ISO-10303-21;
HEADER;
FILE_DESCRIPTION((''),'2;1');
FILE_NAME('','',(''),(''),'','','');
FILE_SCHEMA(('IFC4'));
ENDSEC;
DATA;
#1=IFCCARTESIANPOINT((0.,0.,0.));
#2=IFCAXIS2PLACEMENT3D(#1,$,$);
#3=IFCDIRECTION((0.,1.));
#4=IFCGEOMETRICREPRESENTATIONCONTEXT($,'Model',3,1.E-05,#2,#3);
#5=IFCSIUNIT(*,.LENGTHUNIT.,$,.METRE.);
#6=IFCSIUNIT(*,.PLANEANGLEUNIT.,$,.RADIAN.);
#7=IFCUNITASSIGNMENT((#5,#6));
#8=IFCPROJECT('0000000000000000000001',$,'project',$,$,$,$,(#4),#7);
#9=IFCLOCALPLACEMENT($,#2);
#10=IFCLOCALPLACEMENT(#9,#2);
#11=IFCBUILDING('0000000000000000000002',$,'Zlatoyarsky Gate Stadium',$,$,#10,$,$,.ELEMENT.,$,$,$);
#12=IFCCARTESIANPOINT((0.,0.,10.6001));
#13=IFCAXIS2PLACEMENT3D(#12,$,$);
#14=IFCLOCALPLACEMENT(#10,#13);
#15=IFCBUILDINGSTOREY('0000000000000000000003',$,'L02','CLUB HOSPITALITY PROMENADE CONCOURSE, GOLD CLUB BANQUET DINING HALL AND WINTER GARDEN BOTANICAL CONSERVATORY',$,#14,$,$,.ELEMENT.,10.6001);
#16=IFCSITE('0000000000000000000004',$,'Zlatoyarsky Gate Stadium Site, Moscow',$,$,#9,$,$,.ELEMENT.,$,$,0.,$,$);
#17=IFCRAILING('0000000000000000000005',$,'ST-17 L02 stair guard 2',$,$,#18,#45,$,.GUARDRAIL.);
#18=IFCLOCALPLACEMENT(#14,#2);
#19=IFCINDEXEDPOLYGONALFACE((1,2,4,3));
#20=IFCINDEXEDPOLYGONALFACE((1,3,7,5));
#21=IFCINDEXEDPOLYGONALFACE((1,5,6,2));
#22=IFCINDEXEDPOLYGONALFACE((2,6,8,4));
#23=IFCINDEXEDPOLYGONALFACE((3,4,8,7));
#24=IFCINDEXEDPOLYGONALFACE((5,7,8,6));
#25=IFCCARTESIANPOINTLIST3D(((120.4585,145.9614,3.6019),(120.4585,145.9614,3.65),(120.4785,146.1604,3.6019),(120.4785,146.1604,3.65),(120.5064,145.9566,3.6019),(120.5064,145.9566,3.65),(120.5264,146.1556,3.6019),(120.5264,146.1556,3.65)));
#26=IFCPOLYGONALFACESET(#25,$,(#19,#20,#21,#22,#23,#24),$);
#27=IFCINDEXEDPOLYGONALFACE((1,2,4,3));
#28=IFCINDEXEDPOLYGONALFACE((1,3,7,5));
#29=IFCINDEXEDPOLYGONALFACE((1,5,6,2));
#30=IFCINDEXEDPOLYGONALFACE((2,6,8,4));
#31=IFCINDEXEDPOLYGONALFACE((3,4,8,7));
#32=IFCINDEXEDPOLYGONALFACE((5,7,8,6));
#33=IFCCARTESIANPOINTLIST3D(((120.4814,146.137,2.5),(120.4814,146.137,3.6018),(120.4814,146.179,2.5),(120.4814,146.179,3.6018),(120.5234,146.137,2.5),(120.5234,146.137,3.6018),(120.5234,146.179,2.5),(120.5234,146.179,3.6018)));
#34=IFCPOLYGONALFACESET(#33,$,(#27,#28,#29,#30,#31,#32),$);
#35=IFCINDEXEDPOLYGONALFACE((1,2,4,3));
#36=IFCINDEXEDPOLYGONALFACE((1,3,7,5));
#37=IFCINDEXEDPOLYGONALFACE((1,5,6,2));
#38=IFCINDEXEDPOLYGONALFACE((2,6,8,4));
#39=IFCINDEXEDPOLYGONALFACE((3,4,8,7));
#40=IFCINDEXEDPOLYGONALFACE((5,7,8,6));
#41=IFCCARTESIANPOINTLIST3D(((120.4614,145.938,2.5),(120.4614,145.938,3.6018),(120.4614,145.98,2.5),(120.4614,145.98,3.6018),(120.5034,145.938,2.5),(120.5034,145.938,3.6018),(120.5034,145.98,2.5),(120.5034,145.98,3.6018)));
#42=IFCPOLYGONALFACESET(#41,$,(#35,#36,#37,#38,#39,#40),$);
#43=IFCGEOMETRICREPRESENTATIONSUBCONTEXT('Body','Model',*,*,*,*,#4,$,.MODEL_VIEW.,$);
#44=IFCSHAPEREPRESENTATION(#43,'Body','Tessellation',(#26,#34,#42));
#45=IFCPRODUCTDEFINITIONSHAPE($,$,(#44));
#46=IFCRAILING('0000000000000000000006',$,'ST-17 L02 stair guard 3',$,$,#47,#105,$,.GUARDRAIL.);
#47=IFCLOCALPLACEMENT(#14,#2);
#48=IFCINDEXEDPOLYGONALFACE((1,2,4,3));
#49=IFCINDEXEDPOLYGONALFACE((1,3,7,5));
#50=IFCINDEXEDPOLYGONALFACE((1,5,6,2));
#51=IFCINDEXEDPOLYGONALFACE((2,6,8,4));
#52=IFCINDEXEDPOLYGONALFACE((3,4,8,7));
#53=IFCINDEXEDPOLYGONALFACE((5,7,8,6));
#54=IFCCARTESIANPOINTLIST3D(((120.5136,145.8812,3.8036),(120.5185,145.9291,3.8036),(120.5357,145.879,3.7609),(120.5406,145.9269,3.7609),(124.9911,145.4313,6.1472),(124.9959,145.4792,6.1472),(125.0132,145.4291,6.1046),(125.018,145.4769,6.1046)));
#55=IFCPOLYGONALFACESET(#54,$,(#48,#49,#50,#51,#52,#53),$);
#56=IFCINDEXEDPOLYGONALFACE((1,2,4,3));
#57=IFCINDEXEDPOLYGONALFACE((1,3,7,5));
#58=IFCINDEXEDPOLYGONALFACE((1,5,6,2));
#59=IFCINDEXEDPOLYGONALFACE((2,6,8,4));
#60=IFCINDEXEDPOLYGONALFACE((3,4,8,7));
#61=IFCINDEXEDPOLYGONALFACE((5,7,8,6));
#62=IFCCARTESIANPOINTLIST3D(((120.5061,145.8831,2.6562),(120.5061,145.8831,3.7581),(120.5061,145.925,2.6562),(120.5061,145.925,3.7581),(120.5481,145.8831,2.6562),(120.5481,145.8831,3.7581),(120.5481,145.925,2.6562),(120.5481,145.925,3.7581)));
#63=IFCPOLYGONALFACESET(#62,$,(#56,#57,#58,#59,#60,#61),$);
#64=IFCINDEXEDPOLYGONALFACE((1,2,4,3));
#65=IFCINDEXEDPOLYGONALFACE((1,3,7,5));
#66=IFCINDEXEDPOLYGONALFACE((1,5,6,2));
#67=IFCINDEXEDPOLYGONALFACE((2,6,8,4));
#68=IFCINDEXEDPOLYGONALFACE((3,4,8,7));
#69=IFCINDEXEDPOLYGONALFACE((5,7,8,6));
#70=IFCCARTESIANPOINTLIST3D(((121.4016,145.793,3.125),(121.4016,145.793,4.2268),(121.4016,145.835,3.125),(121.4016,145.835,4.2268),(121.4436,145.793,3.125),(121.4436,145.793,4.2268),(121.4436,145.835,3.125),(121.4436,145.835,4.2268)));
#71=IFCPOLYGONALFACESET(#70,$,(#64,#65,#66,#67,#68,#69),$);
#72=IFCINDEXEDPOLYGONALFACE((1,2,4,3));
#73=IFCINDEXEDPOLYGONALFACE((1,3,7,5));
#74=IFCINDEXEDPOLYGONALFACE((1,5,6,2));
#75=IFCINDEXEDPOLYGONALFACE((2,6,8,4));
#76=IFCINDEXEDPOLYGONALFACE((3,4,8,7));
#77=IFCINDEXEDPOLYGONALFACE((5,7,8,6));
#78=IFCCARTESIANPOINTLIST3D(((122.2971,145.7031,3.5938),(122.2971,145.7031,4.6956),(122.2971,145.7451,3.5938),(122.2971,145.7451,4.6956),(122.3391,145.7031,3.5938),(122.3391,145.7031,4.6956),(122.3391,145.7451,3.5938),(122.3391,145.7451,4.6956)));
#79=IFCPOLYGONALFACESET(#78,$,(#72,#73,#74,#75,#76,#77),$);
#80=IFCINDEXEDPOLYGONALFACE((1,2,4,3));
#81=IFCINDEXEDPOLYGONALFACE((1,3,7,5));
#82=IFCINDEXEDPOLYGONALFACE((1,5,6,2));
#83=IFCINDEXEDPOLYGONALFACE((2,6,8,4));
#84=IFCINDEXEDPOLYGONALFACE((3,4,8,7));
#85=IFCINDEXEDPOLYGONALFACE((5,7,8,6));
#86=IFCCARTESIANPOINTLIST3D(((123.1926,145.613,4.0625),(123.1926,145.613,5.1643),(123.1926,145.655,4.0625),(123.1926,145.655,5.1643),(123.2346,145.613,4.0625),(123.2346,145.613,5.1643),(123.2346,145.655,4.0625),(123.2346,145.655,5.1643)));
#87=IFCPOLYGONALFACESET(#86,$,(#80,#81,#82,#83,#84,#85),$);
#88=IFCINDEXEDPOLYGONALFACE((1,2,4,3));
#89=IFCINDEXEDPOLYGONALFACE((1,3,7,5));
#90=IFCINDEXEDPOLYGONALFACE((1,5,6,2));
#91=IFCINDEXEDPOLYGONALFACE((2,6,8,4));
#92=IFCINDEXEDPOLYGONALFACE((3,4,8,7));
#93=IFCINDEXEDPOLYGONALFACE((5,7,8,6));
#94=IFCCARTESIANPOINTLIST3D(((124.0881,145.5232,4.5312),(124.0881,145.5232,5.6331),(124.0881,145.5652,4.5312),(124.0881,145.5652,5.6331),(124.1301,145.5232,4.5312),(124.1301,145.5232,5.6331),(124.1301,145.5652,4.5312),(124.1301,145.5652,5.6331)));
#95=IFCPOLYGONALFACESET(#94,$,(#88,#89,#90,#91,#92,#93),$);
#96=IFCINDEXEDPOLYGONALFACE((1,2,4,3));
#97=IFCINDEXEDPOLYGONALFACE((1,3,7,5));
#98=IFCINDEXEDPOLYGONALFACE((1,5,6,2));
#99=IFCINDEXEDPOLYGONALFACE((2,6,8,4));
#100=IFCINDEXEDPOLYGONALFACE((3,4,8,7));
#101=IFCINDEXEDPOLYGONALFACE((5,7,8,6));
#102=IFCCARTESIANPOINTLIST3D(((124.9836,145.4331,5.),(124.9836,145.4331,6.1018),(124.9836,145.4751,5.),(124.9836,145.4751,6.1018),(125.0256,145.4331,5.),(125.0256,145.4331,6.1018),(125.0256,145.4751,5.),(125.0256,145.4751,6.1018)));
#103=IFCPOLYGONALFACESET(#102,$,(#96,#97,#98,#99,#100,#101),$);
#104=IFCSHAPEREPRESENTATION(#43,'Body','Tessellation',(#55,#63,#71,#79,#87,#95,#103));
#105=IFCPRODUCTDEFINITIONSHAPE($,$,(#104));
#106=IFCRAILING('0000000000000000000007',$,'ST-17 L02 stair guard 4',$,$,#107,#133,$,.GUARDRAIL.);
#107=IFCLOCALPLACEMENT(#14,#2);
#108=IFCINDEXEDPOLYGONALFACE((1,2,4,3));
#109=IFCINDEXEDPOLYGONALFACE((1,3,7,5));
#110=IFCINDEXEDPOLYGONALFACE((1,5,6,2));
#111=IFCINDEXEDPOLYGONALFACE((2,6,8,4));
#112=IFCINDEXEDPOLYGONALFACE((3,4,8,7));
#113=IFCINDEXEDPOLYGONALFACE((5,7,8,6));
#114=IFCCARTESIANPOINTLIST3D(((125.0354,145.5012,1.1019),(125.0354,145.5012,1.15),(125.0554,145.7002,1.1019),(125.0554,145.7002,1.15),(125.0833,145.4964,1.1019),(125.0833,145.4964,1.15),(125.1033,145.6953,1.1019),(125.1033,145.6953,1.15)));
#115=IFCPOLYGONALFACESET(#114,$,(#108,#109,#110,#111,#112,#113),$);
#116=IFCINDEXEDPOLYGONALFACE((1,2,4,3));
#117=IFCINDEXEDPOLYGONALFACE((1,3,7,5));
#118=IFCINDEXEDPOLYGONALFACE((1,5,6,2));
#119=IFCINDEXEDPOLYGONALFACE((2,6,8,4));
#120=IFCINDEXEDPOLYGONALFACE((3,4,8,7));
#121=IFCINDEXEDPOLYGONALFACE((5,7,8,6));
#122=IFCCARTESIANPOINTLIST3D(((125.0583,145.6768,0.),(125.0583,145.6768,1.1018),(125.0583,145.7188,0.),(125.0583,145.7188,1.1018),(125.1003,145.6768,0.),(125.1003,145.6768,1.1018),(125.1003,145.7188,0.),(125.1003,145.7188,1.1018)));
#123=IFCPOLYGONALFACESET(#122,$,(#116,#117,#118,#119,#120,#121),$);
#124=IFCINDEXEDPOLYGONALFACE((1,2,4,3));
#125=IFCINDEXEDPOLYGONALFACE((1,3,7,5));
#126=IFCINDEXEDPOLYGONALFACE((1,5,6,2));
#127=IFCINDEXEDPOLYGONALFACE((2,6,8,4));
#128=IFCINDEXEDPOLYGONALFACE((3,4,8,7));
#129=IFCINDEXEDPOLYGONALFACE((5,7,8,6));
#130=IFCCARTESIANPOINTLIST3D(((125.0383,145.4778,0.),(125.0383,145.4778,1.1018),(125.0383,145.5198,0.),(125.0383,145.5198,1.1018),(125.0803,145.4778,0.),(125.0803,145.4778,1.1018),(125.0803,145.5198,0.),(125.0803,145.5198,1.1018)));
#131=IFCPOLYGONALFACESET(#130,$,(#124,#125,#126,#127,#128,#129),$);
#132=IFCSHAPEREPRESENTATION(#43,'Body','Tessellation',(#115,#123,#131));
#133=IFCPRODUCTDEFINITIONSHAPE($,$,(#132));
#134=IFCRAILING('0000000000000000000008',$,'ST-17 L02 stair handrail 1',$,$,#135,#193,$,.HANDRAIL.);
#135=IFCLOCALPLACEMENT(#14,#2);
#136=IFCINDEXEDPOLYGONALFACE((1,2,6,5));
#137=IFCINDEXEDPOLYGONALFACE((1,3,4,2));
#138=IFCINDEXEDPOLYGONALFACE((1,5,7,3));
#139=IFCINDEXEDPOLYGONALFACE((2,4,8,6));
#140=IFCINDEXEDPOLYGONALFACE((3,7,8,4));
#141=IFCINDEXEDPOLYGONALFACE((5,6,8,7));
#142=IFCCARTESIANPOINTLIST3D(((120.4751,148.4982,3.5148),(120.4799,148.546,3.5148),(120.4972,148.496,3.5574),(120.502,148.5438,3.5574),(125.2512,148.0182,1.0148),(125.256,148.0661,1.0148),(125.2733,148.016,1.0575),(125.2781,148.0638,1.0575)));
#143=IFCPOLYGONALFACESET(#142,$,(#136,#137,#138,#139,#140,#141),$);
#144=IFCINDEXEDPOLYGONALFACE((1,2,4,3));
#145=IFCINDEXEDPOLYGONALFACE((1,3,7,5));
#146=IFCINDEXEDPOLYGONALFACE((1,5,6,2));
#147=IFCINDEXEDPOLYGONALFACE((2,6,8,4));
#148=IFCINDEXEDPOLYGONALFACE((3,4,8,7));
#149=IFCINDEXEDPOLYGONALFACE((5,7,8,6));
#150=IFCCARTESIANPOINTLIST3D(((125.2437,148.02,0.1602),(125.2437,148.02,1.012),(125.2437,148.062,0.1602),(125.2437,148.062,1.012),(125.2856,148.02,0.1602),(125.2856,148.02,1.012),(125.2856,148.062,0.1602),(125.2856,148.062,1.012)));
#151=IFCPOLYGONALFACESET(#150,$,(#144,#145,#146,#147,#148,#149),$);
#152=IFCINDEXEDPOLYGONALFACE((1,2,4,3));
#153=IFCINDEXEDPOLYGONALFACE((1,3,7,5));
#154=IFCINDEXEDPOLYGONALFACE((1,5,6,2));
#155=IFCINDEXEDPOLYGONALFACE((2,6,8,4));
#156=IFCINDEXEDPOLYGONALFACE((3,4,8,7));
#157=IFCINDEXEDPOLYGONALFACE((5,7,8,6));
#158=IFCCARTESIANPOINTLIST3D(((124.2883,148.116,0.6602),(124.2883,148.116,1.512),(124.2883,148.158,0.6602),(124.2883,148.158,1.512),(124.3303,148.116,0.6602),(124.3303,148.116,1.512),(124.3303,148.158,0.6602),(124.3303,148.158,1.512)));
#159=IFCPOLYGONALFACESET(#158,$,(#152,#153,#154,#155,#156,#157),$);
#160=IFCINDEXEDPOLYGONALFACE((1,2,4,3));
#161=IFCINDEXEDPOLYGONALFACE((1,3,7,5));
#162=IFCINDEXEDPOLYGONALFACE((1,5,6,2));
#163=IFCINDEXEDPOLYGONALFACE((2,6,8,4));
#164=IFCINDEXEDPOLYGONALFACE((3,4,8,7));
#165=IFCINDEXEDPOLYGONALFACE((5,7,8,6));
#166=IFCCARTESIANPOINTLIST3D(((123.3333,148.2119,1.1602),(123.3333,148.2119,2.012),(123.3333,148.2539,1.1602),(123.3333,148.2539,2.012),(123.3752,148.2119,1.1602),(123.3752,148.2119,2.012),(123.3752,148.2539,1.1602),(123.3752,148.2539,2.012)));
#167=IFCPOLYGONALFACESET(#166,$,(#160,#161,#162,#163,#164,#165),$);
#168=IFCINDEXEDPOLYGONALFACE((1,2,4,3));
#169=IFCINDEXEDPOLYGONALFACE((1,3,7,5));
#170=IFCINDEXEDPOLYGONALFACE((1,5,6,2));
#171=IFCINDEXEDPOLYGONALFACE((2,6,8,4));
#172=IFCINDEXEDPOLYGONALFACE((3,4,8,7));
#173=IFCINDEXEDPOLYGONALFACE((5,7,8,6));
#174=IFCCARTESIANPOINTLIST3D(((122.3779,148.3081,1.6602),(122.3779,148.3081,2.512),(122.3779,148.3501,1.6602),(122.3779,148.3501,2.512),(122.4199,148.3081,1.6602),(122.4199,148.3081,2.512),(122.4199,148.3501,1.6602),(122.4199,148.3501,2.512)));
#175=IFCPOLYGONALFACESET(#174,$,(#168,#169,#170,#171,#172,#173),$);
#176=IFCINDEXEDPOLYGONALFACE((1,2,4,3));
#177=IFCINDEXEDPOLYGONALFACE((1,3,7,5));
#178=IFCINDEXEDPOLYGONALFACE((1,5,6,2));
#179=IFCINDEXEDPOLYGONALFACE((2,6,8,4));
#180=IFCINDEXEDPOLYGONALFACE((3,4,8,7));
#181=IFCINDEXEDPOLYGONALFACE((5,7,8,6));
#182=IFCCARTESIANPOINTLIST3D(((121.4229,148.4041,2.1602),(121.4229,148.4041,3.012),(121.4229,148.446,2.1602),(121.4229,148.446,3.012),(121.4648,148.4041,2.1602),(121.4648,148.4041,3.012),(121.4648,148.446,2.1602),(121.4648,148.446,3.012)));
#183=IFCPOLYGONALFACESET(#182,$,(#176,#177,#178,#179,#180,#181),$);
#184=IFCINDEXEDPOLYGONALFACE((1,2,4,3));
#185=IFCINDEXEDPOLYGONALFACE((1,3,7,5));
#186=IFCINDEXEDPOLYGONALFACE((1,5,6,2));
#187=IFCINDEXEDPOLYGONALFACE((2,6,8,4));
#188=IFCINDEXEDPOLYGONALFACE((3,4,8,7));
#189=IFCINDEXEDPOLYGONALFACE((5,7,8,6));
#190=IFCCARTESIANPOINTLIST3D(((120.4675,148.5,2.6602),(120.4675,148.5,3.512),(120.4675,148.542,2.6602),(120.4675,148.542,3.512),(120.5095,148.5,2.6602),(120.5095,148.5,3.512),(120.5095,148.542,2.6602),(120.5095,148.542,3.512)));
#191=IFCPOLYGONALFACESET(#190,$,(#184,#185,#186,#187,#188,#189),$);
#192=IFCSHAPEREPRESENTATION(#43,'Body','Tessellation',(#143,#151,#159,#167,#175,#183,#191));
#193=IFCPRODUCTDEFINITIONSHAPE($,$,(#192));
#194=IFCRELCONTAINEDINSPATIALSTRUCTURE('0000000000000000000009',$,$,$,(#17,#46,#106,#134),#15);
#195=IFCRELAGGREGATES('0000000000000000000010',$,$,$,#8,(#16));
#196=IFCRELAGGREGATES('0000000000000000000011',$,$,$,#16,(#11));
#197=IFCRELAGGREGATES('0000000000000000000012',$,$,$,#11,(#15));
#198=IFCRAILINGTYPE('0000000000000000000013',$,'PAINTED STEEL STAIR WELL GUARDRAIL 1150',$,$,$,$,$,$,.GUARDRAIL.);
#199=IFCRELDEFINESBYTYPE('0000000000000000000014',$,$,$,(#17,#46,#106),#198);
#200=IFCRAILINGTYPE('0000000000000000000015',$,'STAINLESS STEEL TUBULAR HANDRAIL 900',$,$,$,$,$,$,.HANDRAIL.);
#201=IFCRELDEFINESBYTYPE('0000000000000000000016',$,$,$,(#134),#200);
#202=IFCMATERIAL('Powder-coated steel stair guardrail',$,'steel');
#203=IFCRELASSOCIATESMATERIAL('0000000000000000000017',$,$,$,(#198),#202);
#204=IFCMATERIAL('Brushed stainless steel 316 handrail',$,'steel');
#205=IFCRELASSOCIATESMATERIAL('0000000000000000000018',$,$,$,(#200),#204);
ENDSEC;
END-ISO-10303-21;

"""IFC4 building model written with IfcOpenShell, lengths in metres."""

from ifc_helpers import new_model, si_unit, direction, frame, origin, origin_2d, place, context, subcontext, project, spatial, rectangle, extrude, material, type_object, element, save


model = new_model("IFC4")

# Units and contexts
model_context = context("Model", 3, precision=1e-05, world=origin(), true_north=direction((0.0, 1.0)))
body_context = subcontext(model_context, "Body", "Model", "MODEL_VIEW")
ifc_project = project(units=[si_unit("LENGTHUNIT", "METRE"), si_unit("PLANEANGLEUNIT", "RADIAN")], contexts=[model_context])

# Site, building, storey
site_placement = place(None, origin())
site = spatial("IfcSite", under=ifc_project, at=site_placement, Name="Zlatoyarsky Gate Stadium Site, Moscow", CompositionType="ELEMENT", RefElevation=0.0)
building_placement = place(site_placement, origin())
building = spatial("IfcBuilding", under=site, at=building_placement, Name="Zlatoyarsky Gate Stadium", CompositionType="ELEMENT")
storey_placement = place(building_placement, frame((0.0, 0.0, 10.6001)))
storey = spatial("IfcBuildingStorey", under=building, at=storey_placement, Name="L02", Description="CLUB HOSPITALITY PROMENADE CONCOURSE, GOLD CLUB BANQUET DINING HALL AND WINTER GARDEN BOTANICAL CONSERVATORY", CompositionType="ELEMENT", Elevation=10.6001)

# Railings
ifc_material_1 = material(Name="Powder-coated steel stair guardrail", Category="steel")
railing_type_1 = type_object("IfcRailingType", Name="PAINTED STEEL STAIR WELL GUARDRAIL 1150", PredefinedType="GUARDRAIL", material=ifc_material_1)
railing_1_placement = place(storey_placement, frame((120.5024, 146.158, 2.5)))
element("IfcRailing", 1, at=railing_1_placement, inside=storey, type_object=railing_type_1, Name="ST-17 L02 stair guard 2", PredefinedType="GUARDRAIL", context=body_context, shape_type="SweptSolid", body=[
    extrude(rectangle(XDim=0.0481, YDim=0.0481, at=origin_2d()), frame((0.0, 0.0, 1.126), z_axis=(-0.100108, -0.994977, 0.0), x_axis=(0.994977, -0.100108, 0.0)), (0.0, 0.0, 1.0), 0.2),
    extrude(rectangle(XDim=0.042, YDim=0.042, at=origin_2d()), origin(), (0.0, 0.0, 1.0), 1.1018),
    extrude(rectangle(XDim=0.042, YDim=0.042, at=origin_2d()), frame((-0.02, -0.199, 0.0)), (0.0, 0.0, 1.0), 1.1018),
])
railing_2_placement = place(storey_placement, frame((120.5271, 145.9041, 2.6562)))
element("IfcRailing", 2, at=railing_2_placement, inside=storey, type_object=railing_type_1, Name="ST-17 L02 stair guard 3", PredefinedType="GUARDRAIL", context=body_context, shape_type="SweptSolid", body=[
    extrude(rectangle(XDim=0.0481, YDim=0.0481, at=origin_2d()), frame((0.0, 0.0, 1.126), z_axis=(0.882473, -0.08868, 0.461927), x_axis=(0.099987, 0.994989, 0.0)), (0.0, 0.0, 1.0), 5.0737),
    extrude(rectangle(XDim=0.042, YDim=0.042, at=origin_2d()), origin(), (0.0, 0.0, 1.0), 1.1018),
    extrude(rectangle(XDim=0.042, YDim=0.042, at=origin_2d()), frame((0.8955, -0.0901, 0.4688)), (0.0, 0.0, 1.0), 1.1018),
    extrude(rectangle(XDim=0.042, YDim=0.042, at=origin_2d()), frame((1.791, -0.1799, 0.9375)), (0.0, 0.0, 1.0), 1.1018),
    extrude(rectangle(XDim=0.042, YDim=0.042, at=origin_2d()), frame((2.6865, -0.27, 1.4062)), (0.0, 0.0, 1.0), 1.1018),
    extrude(rectangle(XDim=0.042, YDim=0.042, at=origin_2d()), frame((3.582, -0.3599, 1.875)), (0.0, 0.0, 1.0), 1.1018),
    extrude(rectangle(XDim=0.042, YDim=0.042, at=origin_2d()), frame((4.4775, -0.45, 2.3438)), (0.0, 0.0, 1.0), 1.1018),
])
railing_3_placement = place(storey_placement, frame((125.0793, 145.6978, 0.0)))
element("IfcRailing", 3, at=railing_3_placement, inside=storey, type_object=railing_type_1, Name="ST-17 L02 stair guard 4", PredefinedType="GUARDRAIL", context=body_context, shape_type="SweptSolid", body=[
    extrude(rectangle(XDim=0.0481, YDim=0.0481, at=origin_2d()), frame((0.0, 0.0, 1.126), z_axis=(-0.100108, -0.994977, 0.0), x_axis=(0.994977, -0.100108, 0.0)), (0.0, 0.0, 1.0), 0.2),
    extrude(rectangle(XDim=0.042, YDim=0.042, at=origin_2d()), origin(), (0.0, 0.0, 1.0), 1.1018),
    extrude(rectangle(XDim=0.042, YDim=0.042, at=origin_2d()), frame((-0.02, -0.199, 0.0)), (0.0, 0.0, 1.0), 1.1018),
])
ifc_material_2 = material(Name="Brushed stainless steel 316 handrail", Category="steel")
railing_type_2 = type_object("IfcRailingType", Name="STAINLESS STEEL TUBULAR HANDRAIL 900", PredefinedType="HANDRAIL", material=ifc_material_2)
railing_4_placement = place(storey_placement, frame((125.2646, 148.041, 0.1602)))
element("IfcRailing", 4, at=railing_4_placement, inside=storey, type_object=railing_type_2, Name="ST-17 L02 stair handrail 1", PredefinedType="HANDRAIL", context=body_context, shape_type="SweptSolid", body=[
    extrude(rectangle(XDim=0.0481, YDim=0.0481, at=origin_2d()), frame((0.0, 0.0, 0.876), z_axis=(-0.882476, 0.088685, 0.461921), x_axis=(-0.099992, -0.994988, 0.0)), (0.0, 0.0, 1.0), 5.4121),
    extrude(rectangle(XDim=0.042, YDim=0.042, at=origin_2d()), origin(), (0.0, 0.0, 1.0), 0.8518),
    extrude(rectangle(XDim=0.042, YDim=0.042, at=origin_2d()), frame((-0.9553, 0.0959, 0.5)), (0.0, 0.0, 1.0), 0.8518),
    extrude(rectangle(XDim=0.042, YDim=0.042, at=origin_2d()), frame((-1.9104, 0.1919, 1.0)), (0.0, 0.0, 1.0), 0.8518),
    extrude(rectangle(XDim=0.042, YDim=0.042, at=origin_2d()), frame((-2.8657, 0.2881, 1.5)), (0.0, 0.0, 1.0), 0.8518),
    extrude(rectangle(XDim=0.042, YDim=0.042, at=origin_2d()), frame((-3.8208, 0.384, 2.0)), (0.0, 0.0, 1.0), 0.8518),
    extrude(rectangle(XDim=0.042, YDim=0.042, at=origin_2d()), frame((-4.7761, 0.48, 2.5)), (0.0, 0.0, 1.0), 0.8518),
])

save(model, "model.ifc")
